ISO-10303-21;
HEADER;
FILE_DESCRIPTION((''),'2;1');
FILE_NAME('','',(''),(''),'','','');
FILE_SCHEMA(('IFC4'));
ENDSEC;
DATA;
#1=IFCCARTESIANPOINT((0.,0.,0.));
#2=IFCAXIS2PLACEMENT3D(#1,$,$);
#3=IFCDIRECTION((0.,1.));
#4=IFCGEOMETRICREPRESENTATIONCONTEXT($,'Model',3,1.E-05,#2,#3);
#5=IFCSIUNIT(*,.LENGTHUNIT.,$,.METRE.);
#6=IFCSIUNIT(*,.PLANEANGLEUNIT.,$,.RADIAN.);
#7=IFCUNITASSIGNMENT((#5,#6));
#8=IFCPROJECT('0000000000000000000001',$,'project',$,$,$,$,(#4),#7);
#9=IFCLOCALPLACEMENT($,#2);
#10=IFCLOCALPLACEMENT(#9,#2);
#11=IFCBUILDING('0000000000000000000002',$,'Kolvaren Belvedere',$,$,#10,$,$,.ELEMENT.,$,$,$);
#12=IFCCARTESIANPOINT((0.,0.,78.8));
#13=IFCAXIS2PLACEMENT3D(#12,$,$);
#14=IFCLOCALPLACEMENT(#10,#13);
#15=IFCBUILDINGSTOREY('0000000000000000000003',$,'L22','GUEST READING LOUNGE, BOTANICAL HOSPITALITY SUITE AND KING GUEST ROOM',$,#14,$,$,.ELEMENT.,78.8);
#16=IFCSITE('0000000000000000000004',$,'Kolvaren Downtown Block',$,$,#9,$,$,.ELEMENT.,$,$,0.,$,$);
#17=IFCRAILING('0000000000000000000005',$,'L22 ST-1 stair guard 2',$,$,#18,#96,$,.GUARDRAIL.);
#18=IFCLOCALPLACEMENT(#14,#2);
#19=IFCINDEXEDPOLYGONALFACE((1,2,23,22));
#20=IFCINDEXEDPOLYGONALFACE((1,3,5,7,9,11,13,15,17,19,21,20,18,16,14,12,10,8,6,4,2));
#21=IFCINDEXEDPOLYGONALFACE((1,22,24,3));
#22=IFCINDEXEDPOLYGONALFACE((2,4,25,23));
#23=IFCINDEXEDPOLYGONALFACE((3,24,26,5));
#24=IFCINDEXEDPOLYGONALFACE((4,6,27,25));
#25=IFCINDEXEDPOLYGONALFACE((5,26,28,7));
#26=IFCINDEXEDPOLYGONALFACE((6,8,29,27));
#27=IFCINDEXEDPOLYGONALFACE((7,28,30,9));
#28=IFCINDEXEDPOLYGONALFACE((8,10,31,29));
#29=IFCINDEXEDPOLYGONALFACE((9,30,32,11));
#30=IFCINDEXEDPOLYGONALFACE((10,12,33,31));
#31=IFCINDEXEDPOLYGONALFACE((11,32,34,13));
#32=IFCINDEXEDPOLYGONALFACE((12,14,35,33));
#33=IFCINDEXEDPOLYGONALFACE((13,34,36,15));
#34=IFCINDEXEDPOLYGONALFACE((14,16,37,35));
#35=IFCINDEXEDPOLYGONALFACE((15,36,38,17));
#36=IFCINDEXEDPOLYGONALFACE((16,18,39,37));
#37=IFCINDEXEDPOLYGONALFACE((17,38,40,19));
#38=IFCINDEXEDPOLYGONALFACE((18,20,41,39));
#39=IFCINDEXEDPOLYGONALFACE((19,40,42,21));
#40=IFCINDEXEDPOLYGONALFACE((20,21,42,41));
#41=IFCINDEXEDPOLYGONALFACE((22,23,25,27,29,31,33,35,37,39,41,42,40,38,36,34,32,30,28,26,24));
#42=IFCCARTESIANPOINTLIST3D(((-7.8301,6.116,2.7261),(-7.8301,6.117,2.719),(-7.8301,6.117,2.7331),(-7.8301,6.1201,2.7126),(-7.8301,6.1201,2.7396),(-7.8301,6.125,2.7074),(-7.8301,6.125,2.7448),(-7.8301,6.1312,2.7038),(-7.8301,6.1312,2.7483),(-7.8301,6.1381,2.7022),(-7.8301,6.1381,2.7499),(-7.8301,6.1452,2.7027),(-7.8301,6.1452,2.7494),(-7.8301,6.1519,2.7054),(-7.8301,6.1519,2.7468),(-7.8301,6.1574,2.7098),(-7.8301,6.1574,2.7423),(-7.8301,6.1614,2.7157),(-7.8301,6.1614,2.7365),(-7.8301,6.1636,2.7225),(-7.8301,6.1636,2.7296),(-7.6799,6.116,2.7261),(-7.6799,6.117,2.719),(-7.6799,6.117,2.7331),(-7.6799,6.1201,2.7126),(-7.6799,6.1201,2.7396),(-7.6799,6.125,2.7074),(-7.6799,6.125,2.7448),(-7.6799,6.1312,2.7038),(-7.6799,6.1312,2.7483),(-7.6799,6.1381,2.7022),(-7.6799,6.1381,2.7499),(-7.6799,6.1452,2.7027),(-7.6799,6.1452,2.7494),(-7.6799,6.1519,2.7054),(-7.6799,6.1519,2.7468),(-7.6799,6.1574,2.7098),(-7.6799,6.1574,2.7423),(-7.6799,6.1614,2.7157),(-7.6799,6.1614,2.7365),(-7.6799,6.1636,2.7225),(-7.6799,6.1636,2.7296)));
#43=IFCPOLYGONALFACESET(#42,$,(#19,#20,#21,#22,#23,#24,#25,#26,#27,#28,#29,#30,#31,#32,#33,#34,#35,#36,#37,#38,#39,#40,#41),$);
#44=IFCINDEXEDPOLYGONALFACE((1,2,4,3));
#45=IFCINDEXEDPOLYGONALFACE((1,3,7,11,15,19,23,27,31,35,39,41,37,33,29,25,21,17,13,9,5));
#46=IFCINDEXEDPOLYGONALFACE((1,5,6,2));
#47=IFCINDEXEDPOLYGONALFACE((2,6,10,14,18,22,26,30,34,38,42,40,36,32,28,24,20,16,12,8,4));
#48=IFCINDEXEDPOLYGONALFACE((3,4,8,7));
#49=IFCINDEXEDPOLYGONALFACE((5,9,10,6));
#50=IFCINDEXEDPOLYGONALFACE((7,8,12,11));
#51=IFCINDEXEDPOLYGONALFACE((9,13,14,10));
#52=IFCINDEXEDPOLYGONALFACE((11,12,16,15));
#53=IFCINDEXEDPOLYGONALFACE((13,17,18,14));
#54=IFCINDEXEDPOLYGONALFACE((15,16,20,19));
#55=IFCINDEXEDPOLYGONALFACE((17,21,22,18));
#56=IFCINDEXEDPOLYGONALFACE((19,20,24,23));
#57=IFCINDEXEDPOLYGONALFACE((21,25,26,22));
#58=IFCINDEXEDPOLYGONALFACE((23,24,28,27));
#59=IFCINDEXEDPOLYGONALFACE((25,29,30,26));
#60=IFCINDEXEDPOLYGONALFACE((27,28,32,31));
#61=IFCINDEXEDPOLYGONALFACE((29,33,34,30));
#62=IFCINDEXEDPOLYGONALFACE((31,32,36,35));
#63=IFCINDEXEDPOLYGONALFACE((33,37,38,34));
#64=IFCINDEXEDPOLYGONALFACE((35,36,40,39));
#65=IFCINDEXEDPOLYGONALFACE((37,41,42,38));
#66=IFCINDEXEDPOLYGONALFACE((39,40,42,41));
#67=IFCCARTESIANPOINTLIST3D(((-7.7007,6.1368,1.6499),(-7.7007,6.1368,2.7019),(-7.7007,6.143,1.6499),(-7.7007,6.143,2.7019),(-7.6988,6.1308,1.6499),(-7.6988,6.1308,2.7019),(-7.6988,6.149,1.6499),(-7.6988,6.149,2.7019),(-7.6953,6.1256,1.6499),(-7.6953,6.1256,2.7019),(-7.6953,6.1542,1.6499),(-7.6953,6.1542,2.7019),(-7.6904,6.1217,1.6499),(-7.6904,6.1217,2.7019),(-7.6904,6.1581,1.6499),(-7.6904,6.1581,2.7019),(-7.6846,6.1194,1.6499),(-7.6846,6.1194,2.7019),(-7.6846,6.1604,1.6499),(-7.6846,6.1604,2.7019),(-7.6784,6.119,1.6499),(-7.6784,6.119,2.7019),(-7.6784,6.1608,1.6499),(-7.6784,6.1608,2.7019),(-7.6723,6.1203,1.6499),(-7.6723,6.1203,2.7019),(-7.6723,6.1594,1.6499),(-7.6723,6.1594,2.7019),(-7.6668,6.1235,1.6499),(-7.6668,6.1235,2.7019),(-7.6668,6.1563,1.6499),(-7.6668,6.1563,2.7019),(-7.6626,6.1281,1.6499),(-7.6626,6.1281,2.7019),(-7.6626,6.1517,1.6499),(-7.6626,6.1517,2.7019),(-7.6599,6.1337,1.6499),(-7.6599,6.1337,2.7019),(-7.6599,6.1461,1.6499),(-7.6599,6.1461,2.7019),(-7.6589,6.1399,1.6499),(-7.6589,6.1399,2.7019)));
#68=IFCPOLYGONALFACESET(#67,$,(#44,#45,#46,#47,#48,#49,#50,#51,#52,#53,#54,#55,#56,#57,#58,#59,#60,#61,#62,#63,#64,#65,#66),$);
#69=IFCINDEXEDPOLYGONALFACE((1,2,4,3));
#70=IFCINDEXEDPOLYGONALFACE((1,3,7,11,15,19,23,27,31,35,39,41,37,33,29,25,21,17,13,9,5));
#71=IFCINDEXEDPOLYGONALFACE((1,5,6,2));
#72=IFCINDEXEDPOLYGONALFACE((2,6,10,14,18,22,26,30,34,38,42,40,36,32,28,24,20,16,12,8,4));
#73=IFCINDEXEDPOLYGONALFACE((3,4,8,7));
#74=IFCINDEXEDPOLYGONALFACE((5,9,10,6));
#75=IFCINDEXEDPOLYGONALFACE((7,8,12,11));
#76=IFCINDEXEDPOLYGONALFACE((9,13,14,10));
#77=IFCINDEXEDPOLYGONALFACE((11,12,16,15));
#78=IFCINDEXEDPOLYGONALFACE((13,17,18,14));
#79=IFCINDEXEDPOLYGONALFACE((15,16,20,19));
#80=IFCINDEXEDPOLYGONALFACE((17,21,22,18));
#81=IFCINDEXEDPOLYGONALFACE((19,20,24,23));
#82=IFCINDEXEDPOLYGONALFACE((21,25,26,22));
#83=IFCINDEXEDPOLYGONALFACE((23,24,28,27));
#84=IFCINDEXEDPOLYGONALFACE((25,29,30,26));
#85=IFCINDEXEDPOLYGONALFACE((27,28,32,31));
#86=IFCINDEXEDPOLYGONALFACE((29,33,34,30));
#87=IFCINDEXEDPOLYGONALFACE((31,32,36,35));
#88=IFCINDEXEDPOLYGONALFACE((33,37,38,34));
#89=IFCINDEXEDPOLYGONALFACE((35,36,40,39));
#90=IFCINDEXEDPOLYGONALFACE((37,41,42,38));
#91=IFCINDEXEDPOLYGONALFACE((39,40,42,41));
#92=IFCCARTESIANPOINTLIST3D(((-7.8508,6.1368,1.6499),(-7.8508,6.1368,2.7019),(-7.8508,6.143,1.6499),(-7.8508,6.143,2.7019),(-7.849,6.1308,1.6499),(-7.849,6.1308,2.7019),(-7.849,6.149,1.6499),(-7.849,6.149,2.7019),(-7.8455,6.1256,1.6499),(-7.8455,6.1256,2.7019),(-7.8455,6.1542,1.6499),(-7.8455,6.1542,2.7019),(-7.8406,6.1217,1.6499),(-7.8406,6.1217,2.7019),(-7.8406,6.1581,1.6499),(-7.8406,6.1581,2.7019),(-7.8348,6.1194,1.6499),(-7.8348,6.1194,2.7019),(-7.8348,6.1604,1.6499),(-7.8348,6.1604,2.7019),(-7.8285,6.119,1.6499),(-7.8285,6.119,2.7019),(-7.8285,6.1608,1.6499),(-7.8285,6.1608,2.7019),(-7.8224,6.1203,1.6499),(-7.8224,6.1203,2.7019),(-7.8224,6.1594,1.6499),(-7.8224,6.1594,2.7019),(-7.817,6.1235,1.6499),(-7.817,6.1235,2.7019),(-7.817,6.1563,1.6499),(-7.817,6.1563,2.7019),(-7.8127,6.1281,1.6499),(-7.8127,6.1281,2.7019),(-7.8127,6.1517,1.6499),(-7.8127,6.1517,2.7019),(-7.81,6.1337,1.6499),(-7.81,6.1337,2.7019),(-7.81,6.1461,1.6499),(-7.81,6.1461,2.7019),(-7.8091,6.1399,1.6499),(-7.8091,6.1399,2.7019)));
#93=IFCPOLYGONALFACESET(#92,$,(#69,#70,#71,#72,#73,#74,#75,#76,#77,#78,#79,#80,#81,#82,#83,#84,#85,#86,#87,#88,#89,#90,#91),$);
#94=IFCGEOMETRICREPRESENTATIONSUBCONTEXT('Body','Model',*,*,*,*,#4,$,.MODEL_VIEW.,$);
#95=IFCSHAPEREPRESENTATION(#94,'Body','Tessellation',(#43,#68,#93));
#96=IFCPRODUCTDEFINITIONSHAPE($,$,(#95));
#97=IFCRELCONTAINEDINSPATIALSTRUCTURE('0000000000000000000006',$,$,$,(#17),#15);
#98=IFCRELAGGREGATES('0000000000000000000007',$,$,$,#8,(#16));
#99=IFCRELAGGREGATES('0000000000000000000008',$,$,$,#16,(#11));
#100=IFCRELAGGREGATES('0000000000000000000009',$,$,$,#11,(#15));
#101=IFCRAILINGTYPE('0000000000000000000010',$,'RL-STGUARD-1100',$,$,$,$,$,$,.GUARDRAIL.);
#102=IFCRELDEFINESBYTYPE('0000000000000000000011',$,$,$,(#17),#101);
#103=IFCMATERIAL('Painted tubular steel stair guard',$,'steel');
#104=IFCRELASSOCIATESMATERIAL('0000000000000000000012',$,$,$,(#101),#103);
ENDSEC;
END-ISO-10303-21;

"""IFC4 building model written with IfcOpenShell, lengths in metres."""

from ifc_helpers import new_model, si_unit, direction, frame, origin, origin_2d, place, context, subcontext, project, spatial, circle, extrude, material, type_object, element, save


model = new_model("IFC4")

# Units and contexts
model_context = context("Model", 3, precision=1e-05, world=origin(), true_north=direction((0.0, 1.0)))
body_context = subcontext(model_context, "Body", "Model", "MODEL_VIEW")
ifc_project = project(units=[si_unit("LENGTHUNIT", "METRE"), si_unit("PLANEANGLEUNIT", "RADIAN")], contexts=[model_context])

# Site, building, storey
site_placement = place(None, origin())
site = spatial("IfcSite", under=ifc_project, at=site_placement, Name="Kolvaren Downtown Block", CompositionType="ELEMENT", RefElevation=0.0)
building_placement = place(site_placement, origin())
building = spatial("IfcBuilding", under=site, at=building_placement, Name="Kolvaren Belvedere", CompositionType="ELEMENT")
storey_placement = place(building_placement, frame((0.0, 0.0, 78.8)))
storey = spatial("IfcBuildingStorey", under=building, at=storey_placement, Name="L22", Description="GUEST READING LOUNGE, BOTANICAL HOSPITALITY SUITE AND KING GUEST ROOM", CompositionType="ELEMENT", Elevation=78.8)

# Railing
ifc_material_1 = material(Name="Painted tubular steel stair guard", Category="steel")
railing_type_1 = type_object("IfcRailingType", Name="RL-STGUARD-1100", PredefinedType="GUARDRAIL", material=ifc_material_1)
railing_1_placement = place(storey_placement, frame((-7.6799, 6.1399, 1.6499)))
element("IfcRailing", 1, at=railing_1_placement, inside=storey, type_object=railing_type_1, Name="L22 ST-1 stair guard 2", PredefinedType="GUARDRAIL", context=body_context, shape_type="SweptSolid", body=[
    extrude(circle(Radius=0.0239, at=origin_2d()), frame((0.0, 0.0, 1.0762), z_axis=(-1.0, 0.0, 0.0), x_axis=(0.0, -1.0, 0.0)), (0.0, 0.0, 1.0), 0.1501),
    extrude(circle(Radius=0.021, at=origin_2d()), origin(), (0.0, 0.0, 1.0), 1.052),
    extrude(circle(Radius=0.021, at=origin_2d()), frame((-0.1501, 0.0, 0.0)), (0.0, 0.0, 1.0), 1.052),
])

save(model, "model.ifc")
